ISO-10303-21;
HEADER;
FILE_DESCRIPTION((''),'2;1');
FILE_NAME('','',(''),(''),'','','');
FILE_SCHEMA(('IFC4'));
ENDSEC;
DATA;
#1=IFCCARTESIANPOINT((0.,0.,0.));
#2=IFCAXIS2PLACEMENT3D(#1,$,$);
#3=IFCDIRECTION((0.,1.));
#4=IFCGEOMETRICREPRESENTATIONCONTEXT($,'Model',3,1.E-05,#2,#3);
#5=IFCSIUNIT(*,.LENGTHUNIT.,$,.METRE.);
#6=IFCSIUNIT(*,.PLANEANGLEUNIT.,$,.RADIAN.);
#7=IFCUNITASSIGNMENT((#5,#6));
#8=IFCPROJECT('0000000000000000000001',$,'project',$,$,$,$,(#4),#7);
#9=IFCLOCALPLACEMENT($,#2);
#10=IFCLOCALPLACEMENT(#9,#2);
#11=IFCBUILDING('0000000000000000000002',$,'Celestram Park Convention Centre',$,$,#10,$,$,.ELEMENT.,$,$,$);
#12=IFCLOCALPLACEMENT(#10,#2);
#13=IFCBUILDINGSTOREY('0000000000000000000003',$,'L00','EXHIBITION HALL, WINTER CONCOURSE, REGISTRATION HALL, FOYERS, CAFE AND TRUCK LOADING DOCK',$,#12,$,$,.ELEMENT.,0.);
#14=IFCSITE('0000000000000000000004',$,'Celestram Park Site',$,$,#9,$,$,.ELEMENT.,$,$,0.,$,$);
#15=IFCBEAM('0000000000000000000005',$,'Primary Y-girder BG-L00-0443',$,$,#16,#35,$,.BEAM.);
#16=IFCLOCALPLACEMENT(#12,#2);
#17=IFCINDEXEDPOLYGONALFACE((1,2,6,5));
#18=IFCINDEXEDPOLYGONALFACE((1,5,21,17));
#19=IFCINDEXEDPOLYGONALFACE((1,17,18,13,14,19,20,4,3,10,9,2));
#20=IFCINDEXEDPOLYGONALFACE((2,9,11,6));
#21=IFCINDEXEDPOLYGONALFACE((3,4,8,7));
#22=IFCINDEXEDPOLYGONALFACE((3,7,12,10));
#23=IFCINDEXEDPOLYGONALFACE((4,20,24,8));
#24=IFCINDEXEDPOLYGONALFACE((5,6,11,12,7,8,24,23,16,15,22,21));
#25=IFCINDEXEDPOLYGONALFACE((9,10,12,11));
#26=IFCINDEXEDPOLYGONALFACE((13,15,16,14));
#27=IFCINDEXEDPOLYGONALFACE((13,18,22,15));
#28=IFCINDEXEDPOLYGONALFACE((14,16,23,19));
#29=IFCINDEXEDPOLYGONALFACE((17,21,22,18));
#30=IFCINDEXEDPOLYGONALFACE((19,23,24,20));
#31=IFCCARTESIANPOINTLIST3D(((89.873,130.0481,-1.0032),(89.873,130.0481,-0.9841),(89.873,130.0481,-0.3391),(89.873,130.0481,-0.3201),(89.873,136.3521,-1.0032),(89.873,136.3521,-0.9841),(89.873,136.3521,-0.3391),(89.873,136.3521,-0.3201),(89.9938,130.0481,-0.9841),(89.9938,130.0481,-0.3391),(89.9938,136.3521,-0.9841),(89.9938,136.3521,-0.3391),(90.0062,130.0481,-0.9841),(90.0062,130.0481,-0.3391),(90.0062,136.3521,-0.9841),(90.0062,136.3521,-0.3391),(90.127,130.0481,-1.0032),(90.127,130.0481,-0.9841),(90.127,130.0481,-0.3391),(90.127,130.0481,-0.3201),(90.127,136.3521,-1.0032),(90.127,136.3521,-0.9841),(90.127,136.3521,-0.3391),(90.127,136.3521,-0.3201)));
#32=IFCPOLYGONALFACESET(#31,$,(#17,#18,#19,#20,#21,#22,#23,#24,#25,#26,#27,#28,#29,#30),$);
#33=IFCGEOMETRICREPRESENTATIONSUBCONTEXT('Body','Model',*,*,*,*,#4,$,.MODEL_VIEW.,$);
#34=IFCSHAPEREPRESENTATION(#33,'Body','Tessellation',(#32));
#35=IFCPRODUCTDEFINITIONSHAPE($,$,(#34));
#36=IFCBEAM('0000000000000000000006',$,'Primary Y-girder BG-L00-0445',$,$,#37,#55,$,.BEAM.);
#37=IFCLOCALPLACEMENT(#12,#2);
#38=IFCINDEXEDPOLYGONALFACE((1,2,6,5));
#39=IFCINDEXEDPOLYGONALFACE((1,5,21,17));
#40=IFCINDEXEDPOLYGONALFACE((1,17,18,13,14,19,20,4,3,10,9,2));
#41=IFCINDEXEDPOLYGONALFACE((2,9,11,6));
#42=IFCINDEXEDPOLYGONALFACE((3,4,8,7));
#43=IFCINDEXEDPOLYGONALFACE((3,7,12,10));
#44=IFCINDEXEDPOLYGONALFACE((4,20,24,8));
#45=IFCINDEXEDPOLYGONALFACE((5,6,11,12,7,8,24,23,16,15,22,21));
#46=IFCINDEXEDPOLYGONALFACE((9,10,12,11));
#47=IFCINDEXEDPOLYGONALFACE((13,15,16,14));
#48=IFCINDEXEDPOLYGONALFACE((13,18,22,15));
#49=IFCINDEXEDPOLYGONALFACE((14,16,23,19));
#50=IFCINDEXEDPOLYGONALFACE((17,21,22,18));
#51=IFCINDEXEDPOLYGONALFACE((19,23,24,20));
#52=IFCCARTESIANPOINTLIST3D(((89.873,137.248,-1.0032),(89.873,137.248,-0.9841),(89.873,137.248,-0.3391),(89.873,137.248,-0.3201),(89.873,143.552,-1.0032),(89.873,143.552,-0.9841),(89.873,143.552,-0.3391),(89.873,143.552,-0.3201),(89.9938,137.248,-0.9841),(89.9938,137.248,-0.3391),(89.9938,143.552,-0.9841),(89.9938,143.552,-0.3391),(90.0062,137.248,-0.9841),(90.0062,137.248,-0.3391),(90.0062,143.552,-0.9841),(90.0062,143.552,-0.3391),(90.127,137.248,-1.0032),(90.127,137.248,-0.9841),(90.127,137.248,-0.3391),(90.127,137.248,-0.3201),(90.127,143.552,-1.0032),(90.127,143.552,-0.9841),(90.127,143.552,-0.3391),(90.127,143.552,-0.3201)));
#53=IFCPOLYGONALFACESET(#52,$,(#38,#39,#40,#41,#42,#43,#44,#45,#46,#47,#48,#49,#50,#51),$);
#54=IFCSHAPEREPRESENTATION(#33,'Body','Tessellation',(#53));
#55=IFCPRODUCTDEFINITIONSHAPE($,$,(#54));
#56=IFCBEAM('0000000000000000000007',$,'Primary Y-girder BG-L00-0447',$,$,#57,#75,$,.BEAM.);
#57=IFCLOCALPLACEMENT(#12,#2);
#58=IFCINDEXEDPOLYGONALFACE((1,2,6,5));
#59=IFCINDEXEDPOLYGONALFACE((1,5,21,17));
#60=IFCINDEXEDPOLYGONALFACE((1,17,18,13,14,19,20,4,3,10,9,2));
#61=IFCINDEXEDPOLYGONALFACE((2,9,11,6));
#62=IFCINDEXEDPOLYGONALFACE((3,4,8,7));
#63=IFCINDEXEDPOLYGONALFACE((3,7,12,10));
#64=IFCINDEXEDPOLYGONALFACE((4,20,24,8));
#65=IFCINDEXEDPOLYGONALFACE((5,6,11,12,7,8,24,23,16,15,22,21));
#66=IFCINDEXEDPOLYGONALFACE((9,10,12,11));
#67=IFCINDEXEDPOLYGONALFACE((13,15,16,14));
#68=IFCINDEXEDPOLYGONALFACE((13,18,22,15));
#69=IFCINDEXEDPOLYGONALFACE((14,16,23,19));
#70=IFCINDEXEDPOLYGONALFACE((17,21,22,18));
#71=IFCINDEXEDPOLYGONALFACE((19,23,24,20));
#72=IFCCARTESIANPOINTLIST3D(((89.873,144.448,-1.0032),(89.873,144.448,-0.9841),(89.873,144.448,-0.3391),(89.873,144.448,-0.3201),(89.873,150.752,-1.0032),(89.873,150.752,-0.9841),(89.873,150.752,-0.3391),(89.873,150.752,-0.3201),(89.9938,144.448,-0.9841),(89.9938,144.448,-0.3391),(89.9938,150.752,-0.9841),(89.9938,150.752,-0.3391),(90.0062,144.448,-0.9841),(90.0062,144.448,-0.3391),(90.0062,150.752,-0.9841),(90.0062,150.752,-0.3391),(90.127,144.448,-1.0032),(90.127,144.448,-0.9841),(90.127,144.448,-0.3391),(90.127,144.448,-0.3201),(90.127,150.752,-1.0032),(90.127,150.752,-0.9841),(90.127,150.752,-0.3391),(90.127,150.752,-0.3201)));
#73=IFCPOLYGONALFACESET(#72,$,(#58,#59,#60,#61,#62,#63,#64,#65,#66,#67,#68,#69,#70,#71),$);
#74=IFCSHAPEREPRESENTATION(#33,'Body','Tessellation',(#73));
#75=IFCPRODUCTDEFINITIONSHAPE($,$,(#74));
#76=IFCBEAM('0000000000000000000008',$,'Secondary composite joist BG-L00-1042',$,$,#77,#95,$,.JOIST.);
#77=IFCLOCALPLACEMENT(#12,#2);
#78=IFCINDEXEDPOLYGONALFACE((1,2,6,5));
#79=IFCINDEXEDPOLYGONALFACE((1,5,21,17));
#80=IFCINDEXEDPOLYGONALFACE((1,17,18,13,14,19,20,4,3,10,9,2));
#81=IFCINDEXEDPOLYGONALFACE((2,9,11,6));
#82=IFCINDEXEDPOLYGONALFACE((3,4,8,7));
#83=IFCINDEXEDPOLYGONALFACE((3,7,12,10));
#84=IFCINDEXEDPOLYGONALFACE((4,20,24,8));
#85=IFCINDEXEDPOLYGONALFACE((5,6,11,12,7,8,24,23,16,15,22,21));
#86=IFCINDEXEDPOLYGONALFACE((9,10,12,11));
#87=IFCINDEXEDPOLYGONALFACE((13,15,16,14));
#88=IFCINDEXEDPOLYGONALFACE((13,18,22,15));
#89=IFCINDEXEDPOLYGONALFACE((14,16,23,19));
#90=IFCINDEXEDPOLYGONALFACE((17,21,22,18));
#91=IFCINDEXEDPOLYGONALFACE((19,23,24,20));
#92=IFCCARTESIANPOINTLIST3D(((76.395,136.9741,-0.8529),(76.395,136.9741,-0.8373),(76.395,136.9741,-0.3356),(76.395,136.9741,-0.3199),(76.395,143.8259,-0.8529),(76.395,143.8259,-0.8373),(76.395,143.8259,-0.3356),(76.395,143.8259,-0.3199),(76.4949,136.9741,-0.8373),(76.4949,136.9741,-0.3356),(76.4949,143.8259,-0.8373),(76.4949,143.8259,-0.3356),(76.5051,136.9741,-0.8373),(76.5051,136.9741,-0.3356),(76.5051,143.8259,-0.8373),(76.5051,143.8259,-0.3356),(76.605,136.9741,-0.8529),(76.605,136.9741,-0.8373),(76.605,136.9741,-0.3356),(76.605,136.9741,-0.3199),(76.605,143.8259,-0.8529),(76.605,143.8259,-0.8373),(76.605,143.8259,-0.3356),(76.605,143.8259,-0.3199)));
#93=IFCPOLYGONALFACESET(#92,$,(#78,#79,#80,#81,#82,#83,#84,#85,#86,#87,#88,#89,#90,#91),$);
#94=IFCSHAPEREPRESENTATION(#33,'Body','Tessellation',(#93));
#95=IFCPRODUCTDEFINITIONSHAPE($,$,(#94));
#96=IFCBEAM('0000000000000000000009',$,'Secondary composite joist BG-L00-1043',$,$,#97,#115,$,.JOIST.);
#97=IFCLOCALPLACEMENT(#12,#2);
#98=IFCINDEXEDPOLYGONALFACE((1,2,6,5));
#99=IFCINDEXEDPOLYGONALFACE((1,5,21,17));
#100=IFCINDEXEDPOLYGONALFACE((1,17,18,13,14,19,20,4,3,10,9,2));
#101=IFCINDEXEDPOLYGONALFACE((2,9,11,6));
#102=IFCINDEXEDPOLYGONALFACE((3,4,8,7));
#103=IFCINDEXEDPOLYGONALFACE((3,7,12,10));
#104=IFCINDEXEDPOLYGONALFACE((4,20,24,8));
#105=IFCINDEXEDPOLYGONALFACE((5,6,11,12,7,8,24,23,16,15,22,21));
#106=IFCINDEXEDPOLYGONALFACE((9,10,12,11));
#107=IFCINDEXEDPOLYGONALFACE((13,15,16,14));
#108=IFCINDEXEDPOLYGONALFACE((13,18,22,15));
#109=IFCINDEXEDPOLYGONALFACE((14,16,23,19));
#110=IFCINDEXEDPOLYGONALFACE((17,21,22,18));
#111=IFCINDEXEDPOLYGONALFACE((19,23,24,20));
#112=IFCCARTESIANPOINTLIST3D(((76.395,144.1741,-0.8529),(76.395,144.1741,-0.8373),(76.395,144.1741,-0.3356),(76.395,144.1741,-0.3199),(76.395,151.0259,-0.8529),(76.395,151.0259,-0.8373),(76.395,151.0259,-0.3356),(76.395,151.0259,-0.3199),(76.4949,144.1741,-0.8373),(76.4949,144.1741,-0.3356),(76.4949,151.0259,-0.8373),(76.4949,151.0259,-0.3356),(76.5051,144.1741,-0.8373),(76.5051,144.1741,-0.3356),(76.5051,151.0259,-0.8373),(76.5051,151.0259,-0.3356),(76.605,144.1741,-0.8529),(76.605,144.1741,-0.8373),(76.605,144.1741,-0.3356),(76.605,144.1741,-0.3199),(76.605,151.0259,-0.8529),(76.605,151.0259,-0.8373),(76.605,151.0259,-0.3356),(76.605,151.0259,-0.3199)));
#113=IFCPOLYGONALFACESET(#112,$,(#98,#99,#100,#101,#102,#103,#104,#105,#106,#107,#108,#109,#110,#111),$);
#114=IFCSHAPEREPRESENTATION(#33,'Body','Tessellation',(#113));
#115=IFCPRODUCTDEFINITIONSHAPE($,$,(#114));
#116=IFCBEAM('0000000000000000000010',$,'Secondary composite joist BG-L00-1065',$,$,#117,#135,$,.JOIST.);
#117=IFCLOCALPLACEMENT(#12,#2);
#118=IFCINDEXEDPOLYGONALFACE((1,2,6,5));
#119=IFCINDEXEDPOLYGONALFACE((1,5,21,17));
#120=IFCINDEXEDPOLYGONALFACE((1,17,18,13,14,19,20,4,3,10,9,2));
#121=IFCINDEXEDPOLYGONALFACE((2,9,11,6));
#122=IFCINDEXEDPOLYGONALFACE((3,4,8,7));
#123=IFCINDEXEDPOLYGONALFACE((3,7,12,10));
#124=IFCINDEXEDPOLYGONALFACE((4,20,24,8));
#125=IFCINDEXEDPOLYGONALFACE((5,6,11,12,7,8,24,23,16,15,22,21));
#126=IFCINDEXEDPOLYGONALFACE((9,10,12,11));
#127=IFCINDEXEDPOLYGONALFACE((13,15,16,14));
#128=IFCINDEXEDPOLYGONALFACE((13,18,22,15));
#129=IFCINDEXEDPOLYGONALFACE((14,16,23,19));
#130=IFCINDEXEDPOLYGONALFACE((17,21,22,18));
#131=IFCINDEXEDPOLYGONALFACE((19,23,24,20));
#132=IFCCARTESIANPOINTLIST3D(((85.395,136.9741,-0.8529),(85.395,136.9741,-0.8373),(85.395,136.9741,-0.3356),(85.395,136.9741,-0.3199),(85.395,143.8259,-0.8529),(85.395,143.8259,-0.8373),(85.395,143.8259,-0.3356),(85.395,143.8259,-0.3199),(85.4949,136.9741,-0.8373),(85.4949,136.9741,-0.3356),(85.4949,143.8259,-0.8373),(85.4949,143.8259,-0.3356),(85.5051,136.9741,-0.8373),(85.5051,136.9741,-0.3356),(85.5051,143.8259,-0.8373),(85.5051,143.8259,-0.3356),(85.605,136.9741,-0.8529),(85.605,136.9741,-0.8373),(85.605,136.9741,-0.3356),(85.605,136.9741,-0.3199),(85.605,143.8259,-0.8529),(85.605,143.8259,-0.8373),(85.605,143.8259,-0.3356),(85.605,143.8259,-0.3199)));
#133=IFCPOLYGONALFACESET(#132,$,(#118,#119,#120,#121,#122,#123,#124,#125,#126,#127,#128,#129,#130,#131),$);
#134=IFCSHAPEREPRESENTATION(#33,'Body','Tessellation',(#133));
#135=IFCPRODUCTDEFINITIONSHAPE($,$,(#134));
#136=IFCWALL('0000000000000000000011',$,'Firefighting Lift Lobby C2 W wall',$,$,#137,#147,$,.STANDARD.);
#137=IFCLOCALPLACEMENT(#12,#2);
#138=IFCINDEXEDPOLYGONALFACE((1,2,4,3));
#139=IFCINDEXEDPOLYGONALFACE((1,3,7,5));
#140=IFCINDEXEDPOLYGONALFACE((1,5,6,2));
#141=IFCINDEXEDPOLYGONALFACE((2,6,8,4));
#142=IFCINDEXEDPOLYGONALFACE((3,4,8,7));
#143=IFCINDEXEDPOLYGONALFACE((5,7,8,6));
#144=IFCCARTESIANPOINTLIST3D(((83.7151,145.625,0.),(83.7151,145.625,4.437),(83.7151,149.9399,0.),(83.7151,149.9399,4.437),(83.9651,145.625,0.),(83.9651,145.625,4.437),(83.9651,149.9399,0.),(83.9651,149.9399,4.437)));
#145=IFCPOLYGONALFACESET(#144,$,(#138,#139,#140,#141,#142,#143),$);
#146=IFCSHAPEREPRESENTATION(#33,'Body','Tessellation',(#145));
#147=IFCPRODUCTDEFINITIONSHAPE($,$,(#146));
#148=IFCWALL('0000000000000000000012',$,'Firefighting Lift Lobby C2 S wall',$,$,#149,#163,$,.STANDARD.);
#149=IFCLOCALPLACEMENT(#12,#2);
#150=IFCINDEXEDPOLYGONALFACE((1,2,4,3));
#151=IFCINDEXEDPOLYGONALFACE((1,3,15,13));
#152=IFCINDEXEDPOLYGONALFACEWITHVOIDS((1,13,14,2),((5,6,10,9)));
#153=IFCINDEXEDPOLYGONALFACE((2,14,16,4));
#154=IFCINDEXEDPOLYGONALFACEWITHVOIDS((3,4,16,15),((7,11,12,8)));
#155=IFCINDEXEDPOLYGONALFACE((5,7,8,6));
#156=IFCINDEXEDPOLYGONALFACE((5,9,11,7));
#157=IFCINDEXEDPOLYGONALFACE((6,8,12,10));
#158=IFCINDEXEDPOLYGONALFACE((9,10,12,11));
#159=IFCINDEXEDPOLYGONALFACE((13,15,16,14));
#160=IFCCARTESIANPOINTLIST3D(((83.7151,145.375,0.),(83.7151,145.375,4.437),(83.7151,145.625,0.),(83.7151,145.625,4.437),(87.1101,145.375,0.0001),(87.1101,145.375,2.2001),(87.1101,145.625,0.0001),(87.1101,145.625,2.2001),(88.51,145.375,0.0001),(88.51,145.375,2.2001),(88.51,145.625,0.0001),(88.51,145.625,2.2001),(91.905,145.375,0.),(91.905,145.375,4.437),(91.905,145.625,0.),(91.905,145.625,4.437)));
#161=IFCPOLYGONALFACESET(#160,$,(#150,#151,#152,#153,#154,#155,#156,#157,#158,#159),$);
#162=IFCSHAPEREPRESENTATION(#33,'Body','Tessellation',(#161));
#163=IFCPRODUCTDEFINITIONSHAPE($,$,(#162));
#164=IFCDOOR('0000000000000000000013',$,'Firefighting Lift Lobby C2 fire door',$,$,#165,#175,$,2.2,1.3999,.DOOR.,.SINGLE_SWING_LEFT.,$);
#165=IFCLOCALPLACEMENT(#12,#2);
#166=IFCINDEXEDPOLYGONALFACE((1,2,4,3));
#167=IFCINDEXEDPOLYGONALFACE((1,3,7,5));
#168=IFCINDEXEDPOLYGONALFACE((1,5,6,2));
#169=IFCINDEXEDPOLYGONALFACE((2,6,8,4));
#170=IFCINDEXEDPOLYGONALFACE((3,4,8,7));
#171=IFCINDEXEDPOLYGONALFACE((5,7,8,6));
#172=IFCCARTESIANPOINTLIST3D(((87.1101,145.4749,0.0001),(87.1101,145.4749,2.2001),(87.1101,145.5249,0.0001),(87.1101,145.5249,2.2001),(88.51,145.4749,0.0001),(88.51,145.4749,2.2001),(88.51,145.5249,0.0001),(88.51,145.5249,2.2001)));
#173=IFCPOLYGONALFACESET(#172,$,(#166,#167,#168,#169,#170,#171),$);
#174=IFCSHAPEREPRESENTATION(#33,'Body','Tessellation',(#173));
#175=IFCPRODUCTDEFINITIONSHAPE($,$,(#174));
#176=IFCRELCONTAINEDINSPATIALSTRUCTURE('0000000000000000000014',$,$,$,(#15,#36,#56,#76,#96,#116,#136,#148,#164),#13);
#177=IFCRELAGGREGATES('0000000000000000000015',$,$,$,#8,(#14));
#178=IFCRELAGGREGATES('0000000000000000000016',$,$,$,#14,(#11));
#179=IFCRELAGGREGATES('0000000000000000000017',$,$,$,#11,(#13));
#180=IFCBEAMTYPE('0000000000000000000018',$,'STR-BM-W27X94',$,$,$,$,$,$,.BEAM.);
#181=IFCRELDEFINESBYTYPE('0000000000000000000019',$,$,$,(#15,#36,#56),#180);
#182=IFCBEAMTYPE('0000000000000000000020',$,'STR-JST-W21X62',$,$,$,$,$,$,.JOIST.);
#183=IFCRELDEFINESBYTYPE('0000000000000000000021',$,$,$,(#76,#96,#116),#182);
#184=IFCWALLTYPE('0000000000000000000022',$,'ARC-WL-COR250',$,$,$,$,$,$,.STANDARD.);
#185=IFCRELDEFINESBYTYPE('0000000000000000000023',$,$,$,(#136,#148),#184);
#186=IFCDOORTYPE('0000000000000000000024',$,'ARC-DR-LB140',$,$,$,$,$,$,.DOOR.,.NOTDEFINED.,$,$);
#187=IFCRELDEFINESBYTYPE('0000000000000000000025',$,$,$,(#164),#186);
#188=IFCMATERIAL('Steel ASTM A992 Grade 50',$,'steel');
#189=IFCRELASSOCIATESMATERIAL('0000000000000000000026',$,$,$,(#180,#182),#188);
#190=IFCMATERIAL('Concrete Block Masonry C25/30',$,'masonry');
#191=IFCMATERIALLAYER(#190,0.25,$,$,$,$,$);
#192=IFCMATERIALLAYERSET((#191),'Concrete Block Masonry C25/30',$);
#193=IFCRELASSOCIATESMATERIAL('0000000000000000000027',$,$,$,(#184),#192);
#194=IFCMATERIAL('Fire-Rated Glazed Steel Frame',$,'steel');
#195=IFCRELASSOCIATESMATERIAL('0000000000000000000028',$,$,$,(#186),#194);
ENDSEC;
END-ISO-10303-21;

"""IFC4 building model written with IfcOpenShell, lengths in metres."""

from ifc_helpers import new_model, si_unit, direction, frame, frame_2d, origin, origin_2d, place, context, subcontext, project, spatial, rectangle, i_section, extrude, material, layer, layer_set, material_profile, profile_set, type_object, element, fill, save


model = new_model("IFC4")

# Units and contexts
model_context = context("Model", 3, precision=1e-05, world=origin(), true_north=direction((0.0, 1.0)))
body_context = subcontext(model_context, "Body", "Model", "MODEL_VIEW")
ifc_project = project(units=[si_unit("LENGTHUNIT", "METRE"), si_unit("PLANEANGLEUNIT", "RADIAN")], contexts=[model_context])

# Site, building, storey
site_placement = place(None, origin())
site = spatial("IfcSite", under=ifc_project, at=site_placement, Name="Celestram Park Site", CompositionType="ELEMENT", RefElevation=0.0)
building_placement = place(site_placement, origin())
building = spatial("IfcBuilding", under=site, at=building_placement, Name="Celestram Park Convention Centre", CompositionType="ELEMENT")
storey_placement = place(building_placement, origin())
storey = spatial("IfcBuildingStorey", under=building, at=storey_placement, Name="L00", Description="EXHIBITION HALL, WINTER CONCOURSE, REGISTRATION HALL, FOYERS, CAFE AND TRUCK LOADING DOCK", CompositionType="ELEMENT", Elevation=0.0)

# Beams
ifc_material_1 = material(Name="Steel ASTM A992 Grade 50", Category="steel")
ifc_material_profile_1 = material_profile(ifc_material_1, i_section(OverallWidth=0.2539, OverallDepth=0.6831, WebThickness=0.0125, FlangeThickness=0.019, at=origin_2d()), Name="W27X94")
ifc_profile_set_1 = profile_set([ifc_material_profile_1], Name="Steel ASTM A992 Grade 50")
beam_type_1 = type_object("IfcBeamType", Name="STR-BM-W27X94", PredefinedType="BEAM", material=ifc_profile_set_1)
for number, where, z_axis, x_axis, name in (
    (1, (90.0, 130.0481, -0.6616), (0.0, 1.0, 0.0), (-1.0, 0.0, 0.0), "Primary Y-girder BG-L00-0443"),
    (2, (90.0, 137.248, -0.6616), (0.0, 1.0, 0.0), (-1.0, 0.0, 0.0), "Primary Y-girder BG-L00-0445"),
    (3, (90.0, 144.448, -0.6616), (0.0, 1.0, 0.0), (-1.0, 0.0, 0.0), "Primary Y-girder BG-L00-0447"),
):
    element("IfcBeam", number, at=place(storey_placement, frame(where, z_axis=z_axis, x_axis=x_axis)), inside=storey, type_object=beam_type_1, Name=name, PredefinedType="BEAM", context=body_context, shape_type="SweptSolid", body=[
        extrude(i_section(OverallWidth=0.2539, OverallDepth=0.6831, WebThickness=0.0125, FlangeThickness=0.019, at=origin_2d()), origin(), (0.0, 0.0, 1.0), 6.304),
    ])
ifc_material_profile_2 = material_profile(ifc_material_1, i_section(OverallWidth=0.21, OverallDepth=0.533, WebThickness=0.0103, FlangeThickness=0.0156, at=origin_2d()), Name="W21X62")
ifc_profile_set_2 = profile_set([ifc_material_profile_2], Name="Steel ASTM A992 Grade 50")
beam_type_2 = type_object("IfcBeamType", Name="STR-JST-W21X62", PredefinedType="JOIST", material=ifc_profile_set_2)
for number, where, z_axis, x_axis, name in (
    (4, (76.5, 136.9741, -0.5864), (0.0, 1.0, 0.0), (-1.0, 0.0, 0.0), "Secondary composite joist BG-L00-1042"),
    (5, (76.5, 144.1741, -0.5864), (0.0, 1.0, 0.0), (-1.0, 0.0, 0.0), "Secondary composite joist BG-L00-1043"),
    (6, (85.5, 136.9741, -0.5864), (0.0, 1.0, 0.0), (-1.0, 0.0, 0.0), "Secondary composite joist BG-L00-1065"),
):
    element("IfcBeam", number, at=place(storey_placement, frame(where, z_axis=z_axis, x_axis=x_axis)), inside=storey, type_object=beam_type_2, Name=name, PredefinedType="JOIST", context=body_context, shape_type="SweptSolid", body=[
        extrude(i_section(OverallWidth=0.21, OverallDepth=0.533, WebThickness=0.0103, FlangeThickness=0.0156, at=origin_2d()), origin(), (0.0, 0.0, 1.0), 6.8518),
    ])

# Wall
ifc_material_2 = material(Name="Concrete Block Masonry C25/30", Category="masonry")
ifc_layer_1 = layer(ifc_material_2, 0.25)
ifc_layer_set_1 = layer_set([ifc_layer_1], Name="Concrete Block Masonry C25/30")
wall_type_1 = type_object("IfcWallType", Name="ARC-WL-COR250", PredefinedType="STANDARD", material=ifc_layer_set_1)
wall_1_placement = place(storey_placement, frame((83.8401, 149.9399, 0.0), z_axis=(0.0, 0.0, 1.0), x_axis=(0.0, -1.0, 0.0)))
element("IfcWall", 7, at=wall_1_placement, inside=storey, type_object=wall_type_1, Name="Firefighting Lift Lobby C2 W wall", PredefinedType="STANDARD", context=body_context, shape_type="SweptSolid", body=[
    extrude(rectangle(XDim=4.3149, YDim=0.25, at=frame_2d((2.1575, 0.0))), origin(), (0.0, 0.0, 1.0), 4.437),
])

# Wall, opening, door
wall_2_placement = place(storey_placement, frame((83.7151, 145.5, 0.0), z_axis=(0.0, 0.0, 1.0), x_axis=(1.0, 0.0, 0.0)))
wall_2 = element("IfcWall", 8, at=wall_2_placement, inside=storey, type_object=wall_type_1, Name="Firefighting Lift Lobby C2 S wall", PredefinedType="STANDARD", context=body_context, shape_type="SweptSolid", body=[
    extrude(rectangle(XDim=8.1899, YDim=0.25, at=frame_2d((4.095, 0.0))), origin(), (0.0, 0.0, 1.0), 4.437),
])
opening_1_placement = place(wall_2_placement, frame((3.395, 0.0, 0.0)))
opening_1 = element("IfcOpeningElement", 9, at=opening_1_placement, cuts=wall_2, PredefinedType="OPENING", context=body_context, shape_type="SweptSolid", body=[
    extrude(rectangle(XDim=1.3999, YDim=2.2, at=frame_2d((0.7, 1.1001))), frame((0.0, 0.135, 0.0), z_axis=(0.0, -1.0, 0.0), x_axis=(1.0, 0.0, 0.0)), (0.0, 0.0, 1.0), 0.27),
])
ifc_material_3 = material(Name="Fire-Rated Glazed Steel Frame", Category="steel")
door_type_1 = type_object("IfcDoorType", Name="ARC-DR-LB140", OperationType="NOTDEFINED", PredefinedType="DOOR", material=ifc_material_3)
door_1_placement = place(opening_1_placement, origin())
door_1 = element("IfcDoor", 10, at=door_1_placement, inside=storey, type_object=door_type_1, Name="Firefighting Lift Lobby C2 fire door", OperationType="SINGLE_SWING_LEFT", OverallHeight=2.2, OverallWidth=1.3999, PredefinedType="DOOR", context=body_context, shape_type="SweptSolid", body=[
    extrude(rectangle(XDim=1.3999, YDim=2.2, at=frame_2d((0.7, 1.1001))), frame((0.0, 0.0249, 0.0), z_axis=(0.0, -1.0, 0.0), x_axis=(1.0, 0.0, 0.0)), (0.0, 0.0, 1.0), 0.05),
])
fill(opening_1, door_1)

save(model, "model.ifc")
